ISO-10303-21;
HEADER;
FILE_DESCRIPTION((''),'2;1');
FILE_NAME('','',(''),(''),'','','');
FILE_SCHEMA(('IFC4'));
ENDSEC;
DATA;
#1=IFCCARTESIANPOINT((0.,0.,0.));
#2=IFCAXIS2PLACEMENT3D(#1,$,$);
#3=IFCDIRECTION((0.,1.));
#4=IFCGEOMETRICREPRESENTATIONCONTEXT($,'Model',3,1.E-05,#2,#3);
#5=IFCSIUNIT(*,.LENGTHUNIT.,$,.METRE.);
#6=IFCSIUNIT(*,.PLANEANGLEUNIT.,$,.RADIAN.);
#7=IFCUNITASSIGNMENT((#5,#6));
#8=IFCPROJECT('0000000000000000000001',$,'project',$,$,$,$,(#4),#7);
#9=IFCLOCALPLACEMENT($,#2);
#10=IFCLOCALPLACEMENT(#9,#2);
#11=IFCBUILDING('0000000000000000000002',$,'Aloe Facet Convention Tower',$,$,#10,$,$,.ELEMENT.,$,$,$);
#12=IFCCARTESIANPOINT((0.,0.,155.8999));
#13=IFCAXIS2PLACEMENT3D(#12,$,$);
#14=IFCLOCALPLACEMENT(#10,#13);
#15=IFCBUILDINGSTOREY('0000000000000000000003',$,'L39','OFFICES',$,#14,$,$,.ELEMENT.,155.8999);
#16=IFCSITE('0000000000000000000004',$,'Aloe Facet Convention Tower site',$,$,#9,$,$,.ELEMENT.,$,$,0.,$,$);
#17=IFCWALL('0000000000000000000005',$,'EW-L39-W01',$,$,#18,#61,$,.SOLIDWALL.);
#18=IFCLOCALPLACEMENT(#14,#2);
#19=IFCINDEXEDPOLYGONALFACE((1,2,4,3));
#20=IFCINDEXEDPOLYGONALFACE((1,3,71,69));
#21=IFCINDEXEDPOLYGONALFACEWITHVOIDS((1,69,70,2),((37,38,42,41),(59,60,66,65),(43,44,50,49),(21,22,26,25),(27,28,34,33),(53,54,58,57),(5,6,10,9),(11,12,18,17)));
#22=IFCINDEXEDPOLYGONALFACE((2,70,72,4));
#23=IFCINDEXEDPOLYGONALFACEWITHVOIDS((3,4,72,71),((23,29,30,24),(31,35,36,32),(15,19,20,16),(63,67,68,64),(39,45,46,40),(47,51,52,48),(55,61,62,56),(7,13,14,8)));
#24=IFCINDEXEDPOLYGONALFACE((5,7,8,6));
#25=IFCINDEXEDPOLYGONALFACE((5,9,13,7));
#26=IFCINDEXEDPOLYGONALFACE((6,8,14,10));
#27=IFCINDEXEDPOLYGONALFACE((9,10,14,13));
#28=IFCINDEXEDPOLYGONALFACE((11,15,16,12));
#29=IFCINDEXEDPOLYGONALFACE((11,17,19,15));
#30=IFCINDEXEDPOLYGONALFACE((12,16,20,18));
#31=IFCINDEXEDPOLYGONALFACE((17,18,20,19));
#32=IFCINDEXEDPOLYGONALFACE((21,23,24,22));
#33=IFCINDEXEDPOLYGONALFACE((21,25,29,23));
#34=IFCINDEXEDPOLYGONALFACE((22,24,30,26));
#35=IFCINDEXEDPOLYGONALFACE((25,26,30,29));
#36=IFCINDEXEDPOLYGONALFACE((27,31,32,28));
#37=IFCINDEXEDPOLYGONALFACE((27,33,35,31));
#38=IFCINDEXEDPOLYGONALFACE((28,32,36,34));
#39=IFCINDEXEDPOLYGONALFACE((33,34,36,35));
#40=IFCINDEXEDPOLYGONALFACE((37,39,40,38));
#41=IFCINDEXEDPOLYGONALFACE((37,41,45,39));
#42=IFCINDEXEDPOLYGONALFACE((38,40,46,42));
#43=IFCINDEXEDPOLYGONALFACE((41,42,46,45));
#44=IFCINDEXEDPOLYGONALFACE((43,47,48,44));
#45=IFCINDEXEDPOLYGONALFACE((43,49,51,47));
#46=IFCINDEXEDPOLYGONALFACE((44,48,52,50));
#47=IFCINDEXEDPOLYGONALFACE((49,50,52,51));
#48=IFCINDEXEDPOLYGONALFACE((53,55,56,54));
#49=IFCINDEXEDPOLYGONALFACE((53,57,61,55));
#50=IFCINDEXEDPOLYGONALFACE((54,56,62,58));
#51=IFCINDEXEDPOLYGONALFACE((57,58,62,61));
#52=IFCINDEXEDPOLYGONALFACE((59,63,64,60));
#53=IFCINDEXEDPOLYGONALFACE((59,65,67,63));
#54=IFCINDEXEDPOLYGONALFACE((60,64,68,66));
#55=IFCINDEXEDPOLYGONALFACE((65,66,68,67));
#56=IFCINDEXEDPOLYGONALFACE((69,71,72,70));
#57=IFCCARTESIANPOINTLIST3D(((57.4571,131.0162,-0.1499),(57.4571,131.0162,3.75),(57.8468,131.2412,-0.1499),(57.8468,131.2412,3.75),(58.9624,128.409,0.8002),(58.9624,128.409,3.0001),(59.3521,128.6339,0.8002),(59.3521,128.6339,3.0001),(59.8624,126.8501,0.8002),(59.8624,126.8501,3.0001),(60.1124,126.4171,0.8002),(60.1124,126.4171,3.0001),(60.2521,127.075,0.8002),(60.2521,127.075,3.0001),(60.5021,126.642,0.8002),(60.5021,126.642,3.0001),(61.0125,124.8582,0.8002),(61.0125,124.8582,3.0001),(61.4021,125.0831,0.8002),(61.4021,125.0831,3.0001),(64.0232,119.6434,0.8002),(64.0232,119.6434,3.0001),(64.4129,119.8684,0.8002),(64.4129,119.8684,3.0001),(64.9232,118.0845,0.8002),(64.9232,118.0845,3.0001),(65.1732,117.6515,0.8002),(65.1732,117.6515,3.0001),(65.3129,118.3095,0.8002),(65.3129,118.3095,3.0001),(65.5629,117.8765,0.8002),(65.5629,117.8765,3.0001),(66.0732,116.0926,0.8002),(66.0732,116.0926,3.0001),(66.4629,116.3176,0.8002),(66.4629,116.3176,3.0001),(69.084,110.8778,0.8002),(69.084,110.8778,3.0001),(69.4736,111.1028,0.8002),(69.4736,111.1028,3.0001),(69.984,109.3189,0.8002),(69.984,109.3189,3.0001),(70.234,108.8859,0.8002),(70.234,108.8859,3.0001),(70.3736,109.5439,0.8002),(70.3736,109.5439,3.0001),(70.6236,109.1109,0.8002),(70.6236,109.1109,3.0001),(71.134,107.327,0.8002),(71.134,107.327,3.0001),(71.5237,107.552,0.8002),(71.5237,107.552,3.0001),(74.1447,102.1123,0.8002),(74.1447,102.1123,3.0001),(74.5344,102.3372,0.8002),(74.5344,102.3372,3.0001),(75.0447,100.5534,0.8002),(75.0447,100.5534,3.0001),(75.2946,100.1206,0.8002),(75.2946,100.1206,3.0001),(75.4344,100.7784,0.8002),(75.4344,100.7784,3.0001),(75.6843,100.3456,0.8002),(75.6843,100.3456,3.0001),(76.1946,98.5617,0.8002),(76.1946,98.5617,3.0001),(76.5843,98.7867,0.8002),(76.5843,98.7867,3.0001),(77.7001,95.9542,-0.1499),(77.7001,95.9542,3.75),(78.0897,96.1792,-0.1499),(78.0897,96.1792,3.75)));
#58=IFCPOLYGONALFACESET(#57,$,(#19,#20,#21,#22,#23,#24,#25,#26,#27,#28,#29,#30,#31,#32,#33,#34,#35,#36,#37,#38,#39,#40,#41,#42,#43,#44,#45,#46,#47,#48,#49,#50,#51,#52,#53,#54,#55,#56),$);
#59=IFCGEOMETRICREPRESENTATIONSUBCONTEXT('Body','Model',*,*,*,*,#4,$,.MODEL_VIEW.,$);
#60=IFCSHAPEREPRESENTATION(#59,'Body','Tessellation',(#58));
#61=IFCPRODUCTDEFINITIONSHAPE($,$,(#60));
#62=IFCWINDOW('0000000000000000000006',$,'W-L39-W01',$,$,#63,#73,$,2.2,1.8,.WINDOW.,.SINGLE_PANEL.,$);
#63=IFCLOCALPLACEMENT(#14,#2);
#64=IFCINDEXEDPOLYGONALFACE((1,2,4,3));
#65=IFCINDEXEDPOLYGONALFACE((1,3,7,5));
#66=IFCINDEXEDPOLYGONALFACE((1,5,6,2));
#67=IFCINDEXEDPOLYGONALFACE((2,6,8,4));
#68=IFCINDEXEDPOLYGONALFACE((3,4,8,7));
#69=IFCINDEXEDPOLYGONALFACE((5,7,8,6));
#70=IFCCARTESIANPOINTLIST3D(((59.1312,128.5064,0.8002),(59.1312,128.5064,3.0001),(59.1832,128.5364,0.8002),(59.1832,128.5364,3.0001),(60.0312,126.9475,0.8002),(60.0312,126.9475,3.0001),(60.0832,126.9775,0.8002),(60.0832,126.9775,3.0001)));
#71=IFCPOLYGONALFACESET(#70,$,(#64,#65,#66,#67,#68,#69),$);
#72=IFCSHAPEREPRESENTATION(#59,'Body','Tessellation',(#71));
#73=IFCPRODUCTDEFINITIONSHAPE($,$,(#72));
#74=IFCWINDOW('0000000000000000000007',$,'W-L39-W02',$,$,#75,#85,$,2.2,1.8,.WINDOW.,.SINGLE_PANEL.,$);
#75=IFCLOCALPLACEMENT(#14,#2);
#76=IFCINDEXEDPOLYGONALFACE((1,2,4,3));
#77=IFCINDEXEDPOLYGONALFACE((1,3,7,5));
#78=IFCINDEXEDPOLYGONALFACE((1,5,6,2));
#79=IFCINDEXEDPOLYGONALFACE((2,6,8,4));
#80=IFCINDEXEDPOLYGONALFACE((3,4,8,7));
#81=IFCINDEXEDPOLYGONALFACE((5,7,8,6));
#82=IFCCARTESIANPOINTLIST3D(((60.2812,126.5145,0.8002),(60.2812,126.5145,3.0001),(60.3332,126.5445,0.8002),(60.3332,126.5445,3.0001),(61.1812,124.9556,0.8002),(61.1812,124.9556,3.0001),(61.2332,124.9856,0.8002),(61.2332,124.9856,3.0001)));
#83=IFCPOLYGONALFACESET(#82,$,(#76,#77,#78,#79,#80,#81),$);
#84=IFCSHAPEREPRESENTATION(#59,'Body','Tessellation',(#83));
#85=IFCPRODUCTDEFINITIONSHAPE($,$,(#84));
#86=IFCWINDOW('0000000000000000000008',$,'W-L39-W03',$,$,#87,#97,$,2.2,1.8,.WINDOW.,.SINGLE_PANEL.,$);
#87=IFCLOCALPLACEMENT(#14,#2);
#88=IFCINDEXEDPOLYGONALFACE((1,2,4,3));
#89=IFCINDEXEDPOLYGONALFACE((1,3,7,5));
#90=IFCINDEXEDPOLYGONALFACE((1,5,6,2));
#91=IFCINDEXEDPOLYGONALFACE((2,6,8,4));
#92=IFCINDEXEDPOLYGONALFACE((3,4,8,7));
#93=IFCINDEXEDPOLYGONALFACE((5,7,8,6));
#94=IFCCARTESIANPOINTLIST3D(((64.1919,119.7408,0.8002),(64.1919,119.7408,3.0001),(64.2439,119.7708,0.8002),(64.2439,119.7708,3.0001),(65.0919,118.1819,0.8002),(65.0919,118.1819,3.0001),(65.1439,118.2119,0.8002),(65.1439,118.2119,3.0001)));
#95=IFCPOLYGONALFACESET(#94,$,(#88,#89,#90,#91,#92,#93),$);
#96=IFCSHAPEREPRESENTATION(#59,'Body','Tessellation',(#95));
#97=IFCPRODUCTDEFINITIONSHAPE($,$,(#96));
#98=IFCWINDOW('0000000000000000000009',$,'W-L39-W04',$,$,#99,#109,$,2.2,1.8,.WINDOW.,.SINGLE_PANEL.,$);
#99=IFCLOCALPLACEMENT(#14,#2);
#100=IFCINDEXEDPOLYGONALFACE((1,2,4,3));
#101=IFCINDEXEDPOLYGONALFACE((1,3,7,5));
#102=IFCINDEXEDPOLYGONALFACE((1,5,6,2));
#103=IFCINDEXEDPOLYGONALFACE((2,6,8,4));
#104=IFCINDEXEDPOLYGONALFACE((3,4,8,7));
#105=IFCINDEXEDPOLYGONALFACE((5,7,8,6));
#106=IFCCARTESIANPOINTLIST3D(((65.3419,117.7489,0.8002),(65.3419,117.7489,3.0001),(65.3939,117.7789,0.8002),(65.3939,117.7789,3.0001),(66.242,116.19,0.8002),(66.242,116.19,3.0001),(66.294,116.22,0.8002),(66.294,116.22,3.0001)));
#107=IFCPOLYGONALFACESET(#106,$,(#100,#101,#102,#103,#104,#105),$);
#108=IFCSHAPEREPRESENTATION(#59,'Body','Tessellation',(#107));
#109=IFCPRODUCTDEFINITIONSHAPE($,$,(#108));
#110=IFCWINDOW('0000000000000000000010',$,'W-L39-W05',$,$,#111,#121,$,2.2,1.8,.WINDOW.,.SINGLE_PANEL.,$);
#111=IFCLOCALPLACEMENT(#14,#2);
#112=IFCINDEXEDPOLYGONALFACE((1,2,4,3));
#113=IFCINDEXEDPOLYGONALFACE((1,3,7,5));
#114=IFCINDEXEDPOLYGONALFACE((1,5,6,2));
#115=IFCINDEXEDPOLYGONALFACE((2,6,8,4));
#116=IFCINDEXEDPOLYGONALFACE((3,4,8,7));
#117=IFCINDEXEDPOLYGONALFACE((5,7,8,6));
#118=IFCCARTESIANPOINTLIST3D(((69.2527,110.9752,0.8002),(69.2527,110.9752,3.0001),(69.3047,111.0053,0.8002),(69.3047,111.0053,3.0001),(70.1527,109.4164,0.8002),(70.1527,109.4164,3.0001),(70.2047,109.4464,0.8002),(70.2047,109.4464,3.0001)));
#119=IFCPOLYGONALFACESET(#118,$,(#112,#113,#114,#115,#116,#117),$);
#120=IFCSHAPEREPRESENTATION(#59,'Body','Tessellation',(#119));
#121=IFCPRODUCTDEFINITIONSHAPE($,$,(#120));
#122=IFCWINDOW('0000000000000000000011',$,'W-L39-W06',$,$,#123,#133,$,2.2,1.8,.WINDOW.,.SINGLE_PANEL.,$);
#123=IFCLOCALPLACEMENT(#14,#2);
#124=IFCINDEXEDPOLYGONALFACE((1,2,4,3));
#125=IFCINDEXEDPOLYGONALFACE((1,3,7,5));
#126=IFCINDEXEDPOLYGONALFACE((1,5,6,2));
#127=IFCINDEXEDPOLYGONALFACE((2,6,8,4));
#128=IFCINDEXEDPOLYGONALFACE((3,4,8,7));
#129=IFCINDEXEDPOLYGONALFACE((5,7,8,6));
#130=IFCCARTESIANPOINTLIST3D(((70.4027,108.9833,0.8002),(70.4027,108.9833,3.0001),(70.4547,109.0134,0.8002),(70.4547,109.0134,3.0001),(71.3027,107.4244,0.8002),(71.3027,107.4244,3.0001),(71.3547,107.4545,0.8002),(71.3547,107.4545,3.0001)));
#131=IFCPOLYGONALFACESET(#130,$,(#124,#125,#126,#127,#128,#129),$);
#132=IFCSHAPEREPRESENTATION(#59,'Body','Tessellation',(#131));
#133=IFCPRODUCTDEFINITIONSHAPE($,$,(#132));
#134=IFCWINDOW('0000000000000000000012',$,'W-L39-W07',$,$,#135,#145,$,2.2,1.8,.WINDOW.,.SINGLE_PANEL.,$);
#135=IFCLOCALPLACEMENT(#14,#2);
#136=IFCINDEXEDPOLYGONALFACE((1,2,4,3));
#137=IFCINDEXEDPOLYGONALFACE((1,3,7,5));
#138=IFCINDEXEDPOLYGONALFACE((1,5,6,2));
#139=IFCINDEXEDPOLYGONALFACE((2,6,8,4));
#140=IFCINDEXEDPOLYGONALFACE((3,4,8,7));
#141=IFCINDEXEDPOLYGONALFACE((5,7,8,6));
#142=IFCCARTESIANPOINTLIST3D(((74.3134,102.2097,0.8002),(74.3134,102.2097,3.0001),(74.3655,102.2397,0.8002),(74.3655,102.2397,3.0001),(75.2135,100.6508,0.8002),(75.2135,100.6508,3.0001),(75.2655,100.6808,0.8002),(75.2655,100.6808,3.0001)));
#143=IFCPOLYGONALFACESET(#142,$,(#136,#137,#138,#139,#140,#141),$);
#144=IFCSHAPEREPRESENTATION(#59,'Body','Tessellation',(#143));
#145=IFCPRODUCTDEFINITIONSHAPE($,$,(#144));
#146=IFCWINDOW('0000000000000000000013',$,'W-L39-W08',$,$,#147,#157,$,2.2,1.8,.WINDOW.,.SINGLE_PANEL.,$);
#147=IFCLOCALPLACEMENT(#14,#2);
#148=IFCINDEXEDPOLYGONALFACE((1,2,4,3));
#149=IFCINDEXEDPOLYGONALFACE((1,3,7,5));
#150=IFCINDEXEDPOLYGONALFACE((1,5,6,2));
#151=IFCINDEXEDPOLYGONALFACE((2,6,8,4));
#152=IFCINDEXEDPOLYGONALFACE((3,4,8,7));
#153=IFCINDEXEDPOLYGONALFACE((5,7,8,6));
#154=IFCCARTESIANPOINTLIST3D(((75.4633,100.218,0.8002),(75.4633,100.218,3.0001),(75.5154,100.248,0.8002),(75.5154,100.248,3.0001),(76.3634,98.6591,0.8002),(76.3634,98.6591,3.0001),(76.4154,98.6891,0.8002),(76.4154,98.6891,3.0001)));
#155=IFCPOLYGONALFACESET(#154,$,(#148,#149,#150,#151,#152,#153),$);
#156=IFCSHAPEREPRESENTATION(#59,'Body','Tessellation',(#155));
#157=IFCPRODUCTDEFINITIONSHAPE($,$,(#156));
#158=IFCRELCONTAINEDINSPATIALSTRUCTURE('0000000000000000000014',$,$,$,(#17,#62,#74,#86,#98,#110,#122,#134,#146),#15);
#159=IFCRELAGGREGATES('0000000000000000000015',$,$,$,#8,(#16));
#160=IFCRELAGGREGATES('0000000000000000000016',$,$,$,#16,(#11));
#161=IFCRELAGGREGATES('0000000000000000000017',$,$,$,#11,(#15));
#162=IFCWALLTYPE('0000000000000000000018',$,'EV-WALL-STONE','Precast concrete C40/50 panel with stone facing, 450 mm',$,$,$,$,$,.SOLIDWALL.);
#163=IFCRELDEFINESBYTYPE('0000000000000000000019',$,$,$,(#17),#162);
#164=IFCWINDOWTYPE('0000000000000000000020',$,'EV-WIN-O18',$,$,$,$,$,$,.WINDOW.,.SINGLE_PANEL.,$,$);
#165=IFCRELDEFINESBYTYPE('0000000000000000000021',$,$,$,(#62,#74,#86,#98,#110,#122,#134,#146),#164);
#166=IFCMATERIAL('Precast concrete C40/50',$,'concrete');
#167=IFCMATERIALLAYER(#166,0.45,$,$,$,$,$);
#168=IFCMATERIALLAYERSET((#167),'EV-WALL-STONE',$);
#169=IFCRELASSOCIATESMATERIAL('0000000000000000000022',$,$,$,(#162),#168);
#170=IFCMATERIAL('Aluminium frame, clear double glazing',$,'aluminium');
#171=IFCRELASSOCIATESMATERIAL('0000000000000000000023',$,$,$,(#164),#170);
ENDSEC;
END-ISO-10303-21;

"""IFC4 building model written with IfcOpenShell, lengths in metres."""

from ifc_helpers import new_model, si_unit, direction, frame, frame_2d, origin, place, context, subcontext, project, spatial, polyline, rectangle, outline, extrude, material, layer, layer_set, type_object, element, fill, save


model = new_model("IFC4")

# Units and contexts
model_context = context("Model", 3, precision=1e-05, world=origin(), true_north=direction((0.0, 1.0)))
body_context = subcontext(model_context, "Body", "Model", "MODEL_VIEW")
ifc_project = project(units=[si_unit("LENGTHUNIT", "METRE"), si_unit("PLANEANGLEUNIT", "RADIAN")], contexts=[model_context])

# Site, building, storey
site_placement = place(None, origin())
site = spatial("IfcSite", under=ifc_project, at=site_placement, Name="Aloe Facet Convention Tower site", CompositionType="ELEMENT", RefElevation=0.0)
building_placement = place(site_placement, origin())
building = spatial("IfcBuilding", under=site, at=building_placement, Name="Aloe Facet Convention Tower", CompositionType="ELEMENT")
storey_placement = place(building_placement, frame((0.0, 0.0, 155.8999)))
storey = spatial("IfcBuildingStorey", under=building, at=storey_placement, Name="L39", Description="OFFICES", CompositionType="ELEMENT", Elevation=155.8999)

# Wall, openings, windows
ifc_material_1 = material(Name="Precast concrete C40/50", Category="concrete")
ifc_layer_1 = layer(ifc_material_1, 0.45)
ifc_layer_set_1 = layer_set([ifc_layer_1], Name="EV-WALL-STONE")
wall_type_1 = type_object("IfcWallType", Name="EV-WALL-STONE", Description="Precast concrete C40/50 panel with stone facing, 450 mm", PredefinedType="SOLIDWALL", material=ifc_layer_set_1)
wall_1_placement = place(storey_placement, frame((57.6519, 131.1287, -0.1499), z_axis=(0.0, 0.0, 1.0), x_axis=(0.499997, -0.866027, 0.0)))
wall_1 = element("IfcWall", 1, at=wall_1_placement, inside=storey, type_object=wall_type_1, Name="EW-L39-W01", PredefinedType="SOLIDWALL", context=body_context, shape_type="SweptSolid", body=[
    extrude(outline(polyline([(40.4861, 0.0), (40.4861, 3.8999), (0.0, 3.8999), (0.0, 0.0), (40.4861, 0.0)])), frame((0.0, 0.2251, 0.0), z_axis=(0.0, -1.0, 0.0), x_axis=(1.0, 0.0, 0.0)), (0.0, 0.0, 1.0), 0.45),
])
opening_1_placement = place(wall_1_placement, frame((3.0107, 0.0, 0.95)))
opening_1 = element("IfcOpeningElement", 2, at=opening_1_placement, cuts=wall_1, PredefinedType="OPENING", context=body_context, shape_type="SweptSolid", body=[
    extrude(rectangle(XDim=1.8, YDim=2.2, at=frame_2d((0.8999, 1.1001))), frame((0.0, 0.2349, 0.0), z_axis=(0.0, -1.0, 0.0), x_axis=(1.0, 0.0, 0.0)), (0.0, 0.0, 1.0), 0.47),
])
opening_2_placement = place(wall_1_placement, frame((5.3108, 0.0, 0.95)))
opening_2 = element("IfcOpeningElement", 3, at=opening_2_placement, cuts=wall_1, PredefinedType="OPENING", context=body_context, shape_type="SweptSolid", body=[
    extrude(rectangle(XDim=1.8, YDim=2.2, at=frame_2d((0.8999, 1.1001))), frame((0.0, 0.2349, 0.0), z_axis=(0.0, -1.0, 0.0), x_axis=(1.0, 0.0, 0.0)), (0.0, 0.0, 1.0), 0.47),
])
opening_3_placement = place(wall_1_placement, frame((13.1323, 0.0, 0.95)))
opening_3 = element("IfcOpeningElement", 4, at=opening_3_placement, cuts=wall_1, PredefinedType="OPENING", context=body_context, shape_type="SweptSolid", body=[
    extrude(rectangle(XDim=1.8, YDim=2.2, at=frame_2d((0.8999, 1.1001))), frame((0.0, 0.2349, 0.0), z_axis=(0.0, -1.0, 0.0), x_axis=(1.0, 0.0, 0.0)), (0.0, 0.0, 1.0), 0.47),
])
opening_4_placement = place(wall_1_placement, frame((15.4324, 0.0, 0.95)))
opening_4 = element("IfcOpeningElement", 5, at=opening_4_placement, cuts=wall_1, PredefinedType="OPENING", context=body_context, shape_type="SweptSolid", body=[
    extrude(rectangle(XDim=1.8, YDim=2.2, at=frame_2d((0.8999, 1.1001))), frame((0.0, 0.2349, 0.0), z_axis=(0.0, -1.0, 0.0), x_axis=(1.0, 0.0, 0.0)), (0.0, 0.0, 1.0), 0.47),
])
opening_5_placement = place(wall_1_placement, frame((23.2539, 0.0, 0.95)))
opening_5 = element("IfcOpeningElement", 6, at=opening_5_placement, cuts=wall_1, PredefinedType="OPENING", context=body_context, shape_type="SweptSolid", body=[
    extrude(rectangle(XDim=1.8, YDim=2.2, at=frame_2d((0.8999, 1.1001))), frame((0.0, 0.2349, 0.0), z_axis=(0.0, -1.0, 0.0), x_axis=(1.0, 0.0, 0.0)), (0.0, 0.0, 1.0), 0.47),
])
opening_6_placement = place(wall_1_placement, frame((25.554, 0.0, 0.95)))
opening_6 = element("IfcOpeningElement", 7, at=opening_6_placement, cuts=wall_1, PredefinedType="OPENING", context=body_context, shape_type="SweptSolid", body=[
    extrude(rectangle(XDim=1.8, YDim=2.2, at=frame_2d((0.8999, 1.1001))), frame((0.0, 0.2349, 0.0), z_axis=(0.0, -1.0, 0.0), x_axis=(1.0, 0.0, 0.0)), (0.0, 0.0, 1.0), 0.47),
])
opening_7_placement = place(wall_1_placement, frame((33.3755, 0.0, 0.95)))
opening_7 = element("IfcOpeningElement", 8, at=opening_7_placement, cuts=wall_1, PredefinedType="OPENING", context=body_context, shape_type="SweptSolid", body=[
    extrude(rectangle(XDim=1.8, YDim=2.2, at=frame_2d((0.8999, 1.1001))), frame((0.0, 0.2349, 0.0), z_axis=(0.0, -1.0, 0.0), x_axis=(1.0, 0.0, 0.0)), (0.0, 0.0, 1.0), 0.47),
])
opening_8_placement = place(wall_1_placement, frame((35.6753, 0.0, 0.95)))
opening_8 = element("IfcOpeningElement", 9, at=opening_8_placement, cuts=wall_1, PredefinedType="OPENING", context=body_context, shape_type="SweptSolid", body=[
    extrude(rectangle(XDim=1.8, YDim=2.2, at=frame_2d((0.8999, 1.1001))), frame((0.0, 0.2349, 0.0), z_axis=(0.0, -1.0, 0.0), x_axis=(1.0, 0.0, 0.0)), (0.0, 0.0, 1.0), 0.47),
])
ifc_material_2 = material(Name="Aluminium frame, clear double glazing", Category="aluminium")
window_type = type_object("IfcWindowType", Name="EV-WIN-O18", PartitioningType="SINGLE_PANEL", PredefinedType="WINDOW", material=ifc_material_2)
window_1_placement = place(opening_1_placement, origin())
window_1 = element("IfcWindow", 10, at=window_1_placement, inside=storey, type_object=window_type, Name="W-L39-W01", OverallHeight=2.2, OverallWidth=1.8, PartitioningType="SINGLE_PANEL", PredefinedType="WINDOW", context=body_context, shape_type="SweptSolid", body=[
    extrude(rectangle(XDim=1.8, YDim=2.2, at=frame_2d((0.8999, 1.1001))), frame((0.0, 0.03, 0.0), z_axis=(0.0, -1.0, 0.0), x_axis=(1.0, 0.0, 0.0)), (0.0, 0.0, 1.0), 0.0601),
])
fill(opening_1, window_1)
window_2_placement = place(opening_2_placement, origin())
window_2 = element("IfcWindow", 11, at=window_2_placement, inside=storey, type_object=window_type, Name="W-L39-W02", OverallHeight=2.2, OverallWidth=1.8, PartitioningType="SINGLE_PANEL", PredefinedType="WINDOW", context=body_context, shape_type="SweptSolid", body=[
    extrude(rectangle(XDim=1.8, YDim=2.2, at=frame_2d((0.8999, 1.1001))), frame((0.0, 0.03, 0.0), z_axis=(0.0, -1.0, 0.0), x_axis=(1.0, 0.0, 0.0)), (0.0, 0.0, 1.0), 0.0601),
])
fill(opening_2, window_2)
window_3_placement = place(opening_3_placement, origin())
window_3 = element("IfcWindow", 12, at=window_3_placement, inside=storey, type_object=window_type, Name="W-L39-W03", OverallHeight=2.2, OverallWidth=1.8, PartitioningType="SINGLE_PANEL", PredefinedType="WINDOW", context=body_context, shape_type="SweptSolid", body=[
    extrude(rectangle(XDim=1.8, YDim=2.2, at=frame_2d((0.8999, 1.1001))), frame((0.0, 0.03, 0.0), z_axis=(0.0, -1.0, 0.0), x_axis=(1.0, 0.0, 0.0)), (0.0, 0.0, 1.0), 0.0601),
])
fill(opening_3, window_3)
window_4_placement = place(opening_4_placement, origin())
window_4 = element("IfcWindow", 13, at=window_4_placement, inside=storey, type_object=window_type, Name="W-L39-W04", OverallHeight=2.2, OverallWidth=1.8, PartitioningType="SINGLE_PANEL", PredefinedType="WINDOW", context=body_context, shape_type="SweptSolid", body=[
    extrude(rectangle(XDim=1.8, YDim=2.2, at=frame_2d((0.8999, 1.1001))), frame((0.0, 0.03, 0.0), z_axis=(0.0, -1.0, 0.0), x_axis=(1.0, 0.0, 0.0)), (0.0, 0.0, 1.0), 0.0601),
])
fill(opening_4, window_4)
window_5_placement = place(opening_5_placement, origin())
window_5 = element("IfcWindow", 14, at=window_5_placement, inside=storey, type_object=window_type, Name="W-L39-W05", OverallHeight=2.2, OverallWidth=1.8, PartitioningType="SINGLE_PANEL", PredefinedType="WINDOW", context=body_context, shape_type="SweptSolid", body=[
    extrude(rectangle(XDim=1.8, YDim=2.2, at=frame_2d((0.8999, 1.1001))), frame((0.0, 0.03, 0.0), z_axis=(0.0, -1.0, 0.0), x_axis=(1.0, 0.0, 0.0)), (0.0, 0.0, 1.0), 0.0601),
])
fill(opening_5, window_5)
window_6_placement = place(opening_6_placement, origin())
window_6 = element("IfcWindow", 15, at=window_6_placement, inside=storey, type_object=window_type, Name="W-L39-W06", OverallHeight=2.2, OverallWidth=1.8, PartitioningType="SINGLE_PANEL", PredefinedType="WINDOW", context=body_context, shape_type="SweptSolid", body=[
    extrude(rectangle(XDim=1.8, YDim=2.2, at=frame_2d((0.8999, 1.1001))), frame((0.0, 0.03, 0.0), z_axis=(0.0, -1.0, 0.0), x_axis=(1.0, 0.0, 0.0)), (0.0, 0.0, 1.0), 0.0601),
])
fill(opening_6, window_6)
window_7_placement = place(opening_7_placement, origin())
window_7 = element("IfcWindow", 16, at=window_7_placement, inside=storey, type_object=window_type, Name="W-L39-W07", OverallHeight=2.2, OverallWidth=1.8, PartitioningType="SINGLE_PANEL", PredefinedType="WINDOW", context=body_context, shape_type="SweptSolid", body=[
    extrude(rectangle(XDim=1.8, YDim=2.2, at=frame_2d((0.8999, 1.1001))), frame((0.0, 0.03, 0.0), z_axis=(0.0, -1.0, 0.0), x_axis=(1.0, 0.0, 0.0)), (0.0, 0.0, 1.0), 0.0601),
])
fill(opening_7, window_7)
window_8_placement = place(opening_8_placement, origin())
window_8 = element("IfcWindow", 17, at=window_8_placement, inside=storey, type_object=window_type, Name="W-L39-W08", OverallHeight=2.2, OverallWidth=1.8, PartitioningType="SINGLE_PANEL", PredefinedType="WINDOW", context=body_context, shape_type="SweptSolid", body=[
    extrude(rectangle(XDim=1.8, YDim=2.2, at=frame_2d((0.8999, 1.1001))), frame((0.0, 0.03, 0.0), z_axis=(0.0, -1.0, 0.0), x_axis=(1.0, 0.0, 0.0)), (0.0, 0.0, 1.0), 0.0601),
])
fill(opening_8, window_8)

save(model, "model.ifc")
